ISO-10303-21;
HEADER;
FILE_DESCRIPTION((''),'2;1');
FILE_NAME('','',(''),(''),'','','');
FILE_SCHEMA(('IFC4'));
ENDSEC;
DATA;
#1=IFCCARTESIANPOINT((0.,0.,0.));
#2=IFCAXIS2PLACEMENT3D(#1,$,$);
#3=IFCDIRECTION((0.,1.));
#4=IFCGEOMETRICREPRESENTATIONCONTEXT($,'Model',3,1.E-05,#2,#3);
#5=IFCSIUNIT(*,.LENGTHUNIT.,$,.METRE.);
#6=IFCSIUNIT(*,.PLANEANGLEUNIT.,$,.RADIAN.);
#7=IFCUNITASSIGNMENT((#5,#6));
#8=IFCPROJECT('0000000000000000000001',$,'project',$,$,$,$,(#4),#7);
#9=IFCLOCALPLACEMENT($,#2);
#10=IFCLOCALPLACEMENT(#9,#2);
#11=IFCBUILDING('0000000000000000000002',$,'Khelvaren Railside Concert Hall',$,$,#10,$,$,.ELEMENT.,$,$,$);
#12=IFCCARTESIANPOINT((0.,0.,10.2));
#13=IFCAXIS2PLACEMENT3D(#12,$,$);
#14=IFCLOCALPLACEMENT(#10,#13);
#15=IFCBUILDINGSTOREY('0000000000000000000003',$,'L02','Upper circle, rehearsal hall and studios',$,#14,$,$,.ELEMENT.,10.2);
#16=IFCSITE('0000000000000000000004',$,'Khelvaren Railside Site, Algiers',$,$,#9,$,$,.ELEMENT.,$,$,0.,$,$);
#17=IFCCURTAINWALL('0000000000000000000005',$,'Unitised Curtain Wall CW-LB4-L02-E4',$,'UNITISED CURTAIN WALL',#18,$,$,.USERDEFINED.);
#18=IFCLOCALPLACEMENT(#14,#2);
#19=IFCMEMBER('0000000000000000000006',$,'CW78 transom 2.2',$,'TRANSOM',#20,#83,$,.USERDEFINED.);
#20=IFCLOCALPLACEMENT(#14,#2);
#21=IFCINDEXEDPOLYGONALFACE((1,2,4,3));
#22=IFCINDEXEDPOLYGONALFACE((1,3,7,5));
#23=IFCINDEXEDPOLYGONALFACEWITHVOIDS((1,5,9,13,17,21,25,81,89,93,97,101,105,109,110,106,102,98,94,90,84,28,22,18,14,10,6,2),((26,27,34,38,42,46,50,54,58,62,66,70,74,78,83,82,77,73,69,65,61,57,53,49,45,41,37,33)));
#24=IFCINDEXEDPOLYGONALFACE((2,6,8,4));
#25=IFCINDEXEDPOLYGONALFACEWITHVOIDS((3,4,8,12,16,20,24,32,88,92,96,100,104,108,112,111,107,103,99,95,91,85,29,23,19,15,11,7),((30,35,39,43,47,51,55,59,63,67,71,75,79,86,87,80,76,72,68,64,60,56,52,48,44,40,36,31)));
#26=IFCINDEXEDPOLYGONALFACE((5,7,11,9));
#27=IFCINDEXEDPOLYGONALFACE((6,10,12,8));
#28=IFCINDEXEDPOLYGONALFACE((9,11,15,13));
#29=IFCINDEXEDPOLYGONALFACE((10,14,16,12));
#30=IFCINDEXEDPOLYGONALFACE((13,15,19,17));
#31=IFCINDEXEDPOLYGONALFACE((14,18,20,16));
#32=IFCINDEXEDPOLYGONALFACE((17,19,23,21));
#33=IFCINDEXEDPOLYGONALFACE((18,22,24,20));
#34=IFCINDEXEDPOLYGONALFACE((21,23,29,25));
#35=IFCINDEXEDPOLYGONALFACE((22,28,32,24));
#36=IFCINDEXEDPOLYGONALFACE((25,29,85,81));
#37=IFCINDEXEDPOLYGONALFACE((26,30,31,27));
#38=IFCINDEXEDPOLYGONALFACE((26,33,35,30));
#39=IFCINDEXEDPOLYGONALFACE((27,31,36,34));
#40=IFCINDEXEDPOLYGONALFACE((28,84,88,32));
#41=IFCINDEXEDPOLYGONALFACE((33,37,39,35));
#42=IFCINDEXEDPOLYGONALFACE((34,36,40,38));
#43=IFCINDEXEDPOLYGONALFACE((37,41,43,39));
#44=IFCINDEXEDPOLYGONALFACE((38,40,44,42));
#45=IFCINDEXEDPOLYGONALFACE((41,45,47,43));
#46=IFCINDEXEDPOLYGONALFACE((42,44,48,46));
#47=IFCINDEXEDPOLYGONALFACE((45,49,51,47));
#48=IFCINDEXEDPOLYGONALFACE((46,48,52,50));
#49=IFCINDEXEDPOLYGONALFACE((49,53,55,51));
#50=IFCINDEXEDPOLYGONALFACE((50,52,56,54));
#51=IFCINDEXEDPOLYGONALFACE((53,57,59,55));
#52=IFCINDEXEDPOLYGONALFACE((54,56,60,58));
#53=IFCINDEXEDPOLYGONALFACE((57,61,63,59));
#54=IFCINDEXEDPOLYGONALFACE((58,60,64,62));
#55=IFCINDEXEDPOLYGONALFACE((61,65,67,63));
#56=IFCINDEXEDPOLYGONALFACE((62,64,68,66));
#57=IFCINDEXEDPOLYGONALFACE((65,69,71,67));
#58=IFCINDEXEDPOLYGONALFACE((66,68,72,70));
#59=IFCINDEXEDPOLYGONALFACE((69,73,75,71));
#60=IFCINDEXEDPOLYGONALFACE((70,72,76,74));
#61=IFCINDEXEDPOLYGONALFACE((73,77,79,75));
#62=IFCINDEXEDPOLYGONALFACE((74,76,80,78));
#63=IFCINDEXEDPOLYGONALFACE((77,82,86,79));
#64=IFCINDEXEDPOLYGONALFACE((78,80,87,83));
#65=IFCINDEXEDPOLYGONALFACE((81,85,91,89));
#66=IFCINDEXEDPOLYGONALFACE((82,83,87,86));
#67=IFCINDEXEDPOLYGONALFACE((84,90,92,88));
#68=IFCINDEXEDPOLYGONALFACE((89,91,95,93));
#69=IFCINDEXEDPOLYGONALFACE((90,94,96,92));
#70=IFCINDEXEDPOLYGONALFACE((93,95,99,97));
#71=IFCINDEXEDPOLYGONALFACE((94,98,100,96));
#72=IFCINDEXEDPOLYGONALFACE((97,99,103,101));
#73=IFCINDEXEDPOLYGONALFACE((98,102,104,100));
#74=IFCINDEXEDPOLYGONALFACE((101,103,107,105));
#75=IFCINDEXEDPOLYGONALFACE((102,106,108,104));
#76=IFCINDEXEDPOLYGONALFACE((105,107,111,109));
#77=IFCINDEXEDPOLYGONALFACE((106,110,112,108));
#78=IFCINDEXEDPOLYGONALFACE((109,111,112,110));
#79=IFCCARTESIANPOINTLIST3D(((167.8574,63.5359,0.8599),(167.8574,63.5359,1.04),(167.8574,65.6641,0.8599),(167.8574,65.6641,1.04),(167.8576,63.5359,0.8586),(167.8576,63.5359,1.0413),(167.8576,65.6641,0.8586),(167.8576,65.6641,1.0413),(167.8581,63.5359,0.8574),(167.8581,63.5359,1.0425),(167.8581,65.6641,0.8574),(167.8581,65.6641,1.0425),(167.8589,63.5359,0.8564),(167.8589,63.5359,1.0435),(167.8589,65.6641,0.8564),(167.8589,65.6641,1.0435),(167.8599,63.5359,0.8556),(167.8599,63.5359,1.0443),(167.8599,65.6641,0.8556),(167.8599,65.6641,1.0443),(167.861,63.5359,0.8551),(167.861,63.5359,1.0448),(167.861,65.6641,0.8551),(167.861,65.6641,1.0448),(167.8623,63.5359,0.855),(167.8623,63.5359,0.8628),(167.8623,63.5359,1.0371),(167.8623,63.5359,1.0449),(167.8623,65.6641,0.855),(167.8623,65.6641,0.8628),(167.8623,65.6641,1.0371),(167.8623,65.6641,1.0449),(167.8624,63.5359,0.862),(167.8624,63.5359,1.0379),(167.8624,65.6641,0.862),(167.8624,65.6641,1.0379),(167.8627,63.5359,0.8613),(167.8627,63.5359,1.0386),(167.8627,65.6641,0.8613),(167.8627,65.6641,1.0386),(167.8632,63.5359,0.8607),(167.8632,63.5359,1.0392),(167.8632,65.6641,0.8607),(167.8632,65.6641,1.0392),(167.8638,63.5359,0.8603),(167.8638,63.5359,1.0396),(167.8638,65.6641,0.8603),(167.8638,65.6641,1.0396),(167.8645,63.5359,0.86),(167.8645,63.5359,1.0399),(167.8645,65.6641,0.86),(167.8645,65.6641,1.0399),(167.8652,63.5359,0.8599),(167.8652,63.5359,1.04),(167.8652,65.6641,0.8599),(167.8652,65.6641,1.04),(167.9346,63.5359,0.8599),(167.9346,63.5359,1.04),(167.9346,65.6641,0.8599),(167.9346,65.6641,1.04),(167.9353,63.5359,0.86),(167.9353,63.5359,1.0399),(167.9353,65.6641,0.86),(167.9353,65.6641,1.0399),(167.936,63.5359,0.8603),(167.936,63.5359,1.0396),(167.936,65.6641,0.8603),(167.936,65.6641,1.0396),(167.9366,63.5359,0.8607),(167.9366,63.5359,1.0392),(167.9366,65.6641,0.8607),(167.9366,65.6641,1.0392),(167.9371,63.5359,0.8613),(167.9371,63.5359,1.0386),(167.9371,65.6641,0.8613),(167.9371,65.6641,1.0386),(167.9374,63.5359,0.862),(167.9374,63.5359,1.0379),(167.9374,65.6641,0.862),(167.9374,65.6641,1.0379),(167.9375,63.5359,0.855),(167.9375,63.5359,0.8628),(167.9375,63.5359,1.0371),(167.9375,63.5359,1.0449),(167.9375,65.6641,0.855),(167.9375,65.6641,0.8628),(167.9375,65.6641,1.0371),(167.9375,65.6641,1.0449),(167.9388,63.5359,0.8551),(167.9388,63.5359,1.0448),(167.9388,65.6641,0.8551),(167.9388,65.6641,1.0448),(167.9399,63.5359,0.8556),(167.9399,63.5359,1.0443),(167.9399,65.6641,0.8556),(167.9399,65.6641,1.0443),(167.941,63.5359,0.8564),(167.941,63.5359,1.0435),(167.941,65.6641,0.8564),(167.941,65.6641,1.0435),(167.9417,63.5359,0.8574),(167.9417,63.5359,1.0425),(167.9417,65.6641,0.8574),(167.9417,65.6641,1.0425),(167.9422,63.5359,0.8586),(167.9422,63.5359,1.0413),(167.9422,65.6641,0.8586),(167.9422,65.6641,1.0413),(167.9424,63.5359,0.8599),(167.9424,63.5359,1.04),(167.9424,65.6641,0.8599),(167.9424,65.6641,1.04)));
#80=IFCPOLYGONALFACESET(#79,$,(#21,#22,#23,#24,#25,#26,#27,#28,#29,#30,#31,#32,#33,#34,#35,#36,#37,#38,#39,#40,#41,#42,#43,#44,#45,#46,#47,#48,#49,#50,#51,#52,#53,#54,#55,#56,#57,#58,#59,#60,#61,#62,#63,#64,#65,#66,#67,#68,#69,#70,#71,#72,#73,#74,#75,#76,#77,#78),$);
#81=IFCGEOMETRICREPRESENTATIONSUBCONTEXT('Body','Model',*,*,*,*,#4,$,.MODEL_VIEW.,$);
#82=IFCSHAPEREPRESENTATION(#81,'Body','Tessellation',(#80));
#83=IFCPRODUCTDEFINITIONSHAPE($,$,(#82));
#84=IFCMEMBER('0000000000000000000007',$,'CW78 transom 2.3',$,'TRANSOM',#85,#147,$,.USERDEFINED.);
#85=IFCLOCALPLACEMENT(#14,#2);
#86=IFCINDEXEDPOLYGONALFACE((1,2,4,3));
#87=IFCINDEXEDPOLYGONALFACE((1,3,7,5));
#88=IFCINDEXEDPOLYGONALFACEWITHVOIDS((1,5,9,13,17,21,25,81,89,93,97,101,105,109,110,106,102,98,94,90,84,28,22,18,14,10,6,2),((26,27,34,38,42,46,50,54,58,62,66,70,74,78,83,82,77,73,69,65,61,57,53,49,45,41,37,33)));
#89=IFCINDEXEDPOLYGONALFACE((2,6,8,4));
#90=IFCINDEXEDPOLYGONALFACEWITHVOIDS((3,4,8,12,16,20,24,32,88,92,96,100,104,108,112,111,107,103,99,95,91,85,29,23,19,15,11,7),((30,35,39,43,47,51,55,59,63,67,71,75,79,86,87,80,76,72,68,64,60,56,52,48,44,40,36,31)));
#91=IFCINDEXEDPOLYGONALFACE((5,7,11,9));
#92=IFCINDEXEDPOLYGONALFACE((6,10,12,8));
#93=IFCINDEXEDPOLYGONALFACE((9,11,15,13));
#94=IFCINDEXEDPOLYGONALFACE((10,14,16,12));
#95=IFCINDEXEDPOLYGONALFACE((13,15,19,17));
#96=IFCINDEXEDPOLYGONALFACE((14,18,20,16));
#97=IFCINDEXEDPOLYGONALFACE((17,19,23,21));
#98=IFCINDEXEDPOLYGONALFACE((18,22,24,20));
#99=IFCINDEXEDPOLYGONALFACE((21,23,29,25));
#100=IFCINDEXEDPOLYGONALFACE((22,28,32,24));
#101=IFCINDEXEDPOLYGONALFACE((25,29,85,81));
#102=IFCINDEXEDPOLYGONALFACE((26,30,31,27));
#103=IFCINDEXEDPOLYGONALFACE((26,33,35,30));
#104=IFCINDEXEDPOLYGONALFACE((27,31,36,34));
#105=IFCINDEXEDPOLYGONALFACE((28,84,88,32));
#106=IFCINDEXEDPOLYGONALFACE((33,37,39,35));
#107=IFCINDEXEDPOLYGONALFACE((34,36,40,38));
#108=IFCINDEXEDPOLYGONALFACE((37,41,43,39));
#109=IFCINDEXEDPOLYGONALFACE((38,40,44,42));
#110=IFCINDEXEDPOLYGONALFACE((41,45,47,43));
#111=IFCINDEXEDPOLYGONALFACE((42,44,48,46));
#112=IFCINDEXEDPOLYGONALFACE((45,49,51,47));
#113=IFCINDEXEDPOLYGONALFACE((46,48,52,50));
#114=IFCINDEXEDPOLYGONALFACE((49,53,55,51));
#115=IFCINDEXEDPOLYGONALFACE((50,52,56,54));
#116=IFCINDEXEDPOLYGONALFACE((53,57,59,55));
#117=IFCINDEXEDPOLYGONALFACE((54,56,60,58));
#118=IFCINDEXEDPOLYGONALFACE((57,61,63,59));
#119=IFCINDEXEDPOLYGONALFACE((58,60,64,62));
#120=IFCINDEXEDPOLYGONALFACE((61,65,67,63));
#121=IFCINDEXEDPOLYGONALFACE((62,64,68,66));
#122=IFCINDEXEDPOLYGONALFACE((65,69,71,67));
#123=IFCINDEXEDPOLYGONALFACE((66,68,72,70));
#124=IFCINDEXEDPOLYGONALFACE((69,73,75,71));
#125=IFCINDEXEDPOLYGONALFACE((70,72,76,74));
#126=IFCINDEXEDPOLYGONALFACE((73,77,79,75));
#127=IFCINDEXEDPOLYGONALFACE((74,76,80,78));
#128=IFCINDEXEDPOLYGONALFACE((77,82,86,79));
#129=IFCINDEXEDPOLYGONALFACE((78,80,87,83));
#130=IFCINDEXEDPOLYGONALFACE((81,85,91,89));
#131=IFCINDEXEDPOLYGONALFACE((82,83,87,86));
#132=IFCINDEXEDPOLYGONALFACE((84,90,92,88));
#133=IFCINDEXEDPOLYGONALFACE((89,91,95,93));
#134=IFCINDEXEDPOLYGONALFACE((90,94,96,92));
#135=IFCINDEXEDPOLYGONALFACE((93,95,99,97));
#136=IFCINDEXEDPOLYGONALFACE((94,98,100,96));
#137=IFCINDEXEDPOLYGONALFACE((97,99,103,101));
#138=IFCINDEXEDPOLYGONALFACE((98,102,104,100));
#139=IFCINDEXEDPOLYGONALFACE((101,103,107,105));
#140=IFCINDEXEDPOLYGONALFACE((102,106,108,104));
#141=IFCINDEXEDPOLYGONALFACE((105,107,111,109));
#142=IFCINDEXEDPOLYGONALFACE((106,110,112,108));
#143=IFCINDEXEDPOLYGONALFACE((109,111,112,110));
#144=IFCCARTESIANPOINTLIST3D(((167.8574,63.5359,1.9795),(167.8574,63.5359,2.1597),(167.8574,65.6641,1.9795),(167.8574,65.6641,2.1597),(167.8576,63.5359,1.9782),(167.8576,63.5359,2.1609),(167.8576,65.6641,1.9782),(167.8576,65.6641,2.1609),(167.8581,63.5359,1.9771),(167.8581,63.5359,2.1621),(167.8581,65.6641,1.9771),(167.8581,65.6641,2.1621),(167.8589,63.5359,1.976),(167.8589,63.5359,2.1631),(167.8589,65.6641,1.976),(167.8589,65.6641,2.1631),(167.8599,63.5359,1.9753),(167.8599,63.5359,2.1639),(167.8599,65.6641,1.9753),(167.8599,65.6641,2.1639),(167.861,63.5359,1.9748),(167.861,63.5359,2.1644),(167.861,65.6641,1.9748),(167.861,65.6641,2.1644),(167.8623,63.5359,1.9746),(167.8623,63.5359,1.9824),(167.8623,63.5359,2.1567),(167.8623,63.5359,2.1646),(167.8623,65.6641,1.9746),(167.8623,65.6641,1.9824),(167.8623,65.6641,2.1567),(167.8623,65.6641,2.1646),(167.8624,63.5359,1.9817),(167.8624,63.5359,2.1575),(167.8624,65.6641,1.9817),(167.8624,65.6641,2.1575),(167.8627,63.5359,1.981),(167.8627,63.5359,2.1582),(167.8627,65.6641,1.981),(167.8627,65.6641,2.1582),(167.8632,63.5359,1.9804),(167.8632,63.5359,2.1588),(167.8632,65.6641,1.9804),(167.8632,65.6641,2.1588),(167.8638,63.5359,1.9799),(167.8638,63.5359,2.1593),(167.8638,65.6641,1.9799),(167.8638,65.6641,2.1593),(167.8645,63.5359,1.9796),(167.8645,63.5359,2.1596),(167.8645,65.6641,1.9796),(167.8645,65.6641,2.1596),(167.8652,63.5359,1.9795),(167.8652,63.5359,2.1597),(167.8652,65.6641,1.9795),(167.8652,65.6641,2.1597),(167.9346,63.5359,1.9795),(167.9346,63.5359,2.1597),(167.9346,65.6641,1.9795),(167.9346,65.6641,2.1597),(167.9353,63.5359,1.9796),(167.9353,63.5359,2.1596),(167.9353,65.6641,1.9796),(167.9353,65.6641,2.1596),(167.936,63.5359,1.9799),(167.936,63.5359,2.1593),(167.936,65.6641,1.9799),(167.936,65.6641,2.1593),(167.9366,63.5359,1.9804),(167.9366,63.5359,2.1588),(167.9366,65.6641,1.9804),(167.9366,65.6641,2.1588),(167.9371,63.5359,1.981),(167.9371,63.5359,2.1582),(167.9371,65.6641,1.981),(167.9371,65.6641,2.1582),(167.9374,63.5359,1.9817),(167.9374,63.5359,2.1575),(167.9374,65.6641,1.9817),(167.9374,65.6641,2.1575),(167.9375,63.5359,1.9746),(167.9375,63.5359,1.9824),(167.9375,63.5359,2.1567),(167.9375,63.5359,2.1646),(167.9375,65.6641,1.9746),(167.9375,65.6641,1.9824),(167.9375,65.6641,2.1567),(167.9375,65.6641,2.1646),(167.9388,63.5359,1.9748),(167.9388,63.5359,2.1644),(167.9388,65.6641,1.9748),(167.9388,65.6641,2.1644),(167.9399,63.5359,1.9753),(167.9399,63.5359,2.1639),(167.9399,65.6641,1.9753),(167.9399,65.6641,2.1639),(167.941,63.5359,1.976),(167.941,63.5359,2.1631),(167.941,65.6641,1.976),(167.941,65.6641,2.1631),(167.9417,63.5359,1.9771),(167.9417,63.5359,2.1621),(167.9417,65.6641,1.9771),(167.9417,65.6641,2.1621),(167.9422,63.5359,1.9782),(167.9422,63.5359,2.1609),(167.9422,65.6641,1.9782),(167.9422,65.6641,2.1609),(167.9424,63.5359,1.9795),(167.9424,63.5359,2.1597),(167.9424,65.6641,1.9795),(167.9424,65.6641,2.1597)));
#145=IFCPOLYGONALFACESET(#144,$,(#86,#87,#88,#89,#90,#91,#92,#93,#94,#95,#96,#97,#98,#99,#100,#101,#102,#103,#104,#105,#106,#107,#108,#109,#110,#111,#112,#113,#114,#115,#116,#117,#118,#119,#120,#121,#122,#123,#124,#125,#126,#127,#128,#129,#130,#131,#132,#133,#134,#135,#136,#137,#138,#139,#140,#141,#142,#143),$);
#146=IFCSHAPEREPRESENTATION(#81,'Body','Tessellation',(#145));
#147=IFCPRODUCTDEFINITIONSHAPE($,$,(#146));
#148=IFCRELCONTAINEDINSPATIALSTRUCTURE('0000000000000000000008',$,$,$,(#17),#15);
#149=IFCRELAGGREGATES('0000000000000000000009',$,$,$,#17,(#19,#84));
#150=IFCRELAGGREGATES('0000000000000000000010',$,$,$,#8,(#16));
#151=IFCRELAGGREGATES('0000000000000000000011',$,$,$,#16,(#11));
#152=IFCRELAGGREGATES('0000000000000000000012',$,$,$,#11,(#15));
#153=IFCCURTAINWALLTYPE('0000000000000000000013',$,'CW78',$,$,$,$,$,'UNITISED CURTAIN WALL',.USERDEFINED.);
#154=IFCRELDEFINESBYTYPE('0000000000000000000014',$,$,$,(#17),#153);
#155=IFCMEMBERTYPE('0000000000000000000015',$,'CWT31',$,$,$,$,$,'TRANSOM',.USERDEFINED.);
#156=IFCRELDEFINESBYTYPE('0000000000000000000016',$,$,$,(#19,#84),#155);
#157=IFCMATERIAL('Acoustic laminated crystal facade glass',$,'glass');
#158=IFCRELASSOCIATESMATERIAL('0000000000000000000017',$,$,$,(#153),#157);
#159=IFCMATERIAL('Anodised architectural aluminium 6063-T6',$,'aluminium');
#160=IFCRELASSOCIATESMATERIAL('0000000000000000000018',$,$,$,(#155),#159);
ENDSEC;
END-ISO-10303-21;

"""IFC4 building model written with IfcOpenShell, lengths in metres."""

from ifc_helpers import new_model, si_unit, direction, frame, origin, origin_2d, place, context, subcontext, project, spatial, hollow_rectangle, extrude, material, material_profile, profile_set, type_object, element, aggregate, save


model = new_model("IFC4")

# Units and contexts
model_context = context("Model", 3, precision=1e-05, world=origin(), true_north=direction((0.0, 1.0)))
body_context = subcontext(model_context, "Body", "Model", "MODEL_VIEW")
ifc_project = project(units=[si_unit("LENGTHUNIT", "METRE"), si_unit("PLANEANGLEUNIT", "RADIAN")], contexts=[model_context])

# Site, building, storey
site_placement = place(None, origin())
site = spatial("IfcSite", under=ifc_project, at=site_placement, Name="Khelvaren Railside Site, Algiers", CompositionType="ELEMENT", RefElevation=0.0)
building_placement = place(site_placement, origin())
building = spatial("IfcBuilding", under=site, at=building_placement, Name="Khelvaren Railside Concert Hall", CompositionType="ELEMENT")
storey_placement = place(building_placement, frame((0.0, 0.0, 10.2)))
storey = spatial("IfcBuildingStorey", under=building, at=storey_placement, Name="L02", Description="Upper circle, rehearsal hall and studios", CompositionType="ELEMENT", Elevation=10.2)

# Curtain wall
ifc_material_1 = material(Name="Acoustic laminated crystal facade glass", Category="glass")
curtain_wall_type = type_object("IfcCurtainWallType", Name="CW78", ElementType="UNITISED CURTAIN WALL", PredefinedType="USERDEFINED", material=ifc_material_1)
curtain_wall_1_placement = place(storey_placement, origin())
curtain_wall_1 = element("IfcCurtainWall", 1, at=curtain_wall_1_placement, inside=storey, type_object=curtain_wall_type, Name="Unitised Curtain Wall CW-LB4-L02-E4", ObjectType="UNITISED CURTAIN WALL", PredefinedType="USERDEFINED")
ifc_material_2 = material(Name="Anodised architectural aluminium 6063-T6", Category="aluminium")

# Members
ifc_material_profile_1 = material_profile(ifc_material_2, hollow_rectangle(XDim=0.085, YDim=0.1899, WallThickness=0.0049, InnerFilletRadius=0.0029, OuterFilletRadius=0.0049, at=origin_2d()), Name="CWT 85x190x5")
ifc_profile_set_1 = profile_set([ifc_material_profile_1], Name="Anodised architectural aluminium 6063-T6")
member_type_1 = type_object("IfcMemberType", Name="CWT31", ElementType="TRANSOM", PredefinedType="USERDEFINED", material=ifc_profile_set_1)
member_1_placement = place(storey_placement, frame((167.8999, 65.6641, 0.95), z_axis=(0.0, -1.0, 0.0), x_axis=(1.0, 0.0, 0.0)))
member_1 = element("IfcMember", 2, at=member_1_placement, type_object=member_type_1, Name="CW78 transom 2.2", ObjectType="TRANSOM", PredefinedType="USERDEFINED", context=body_context, shape_type="SweptSolid", body=[
    extrude(hollow_rectangle(XDim=0.085, YDim=0.1899, WallThickness=0.0049, InnerFilletRadius=0.0029, OuterFilletRadius=0.0049, at=origin_2d()), origin(), (0.0, 0.0, 1.0), 2.1282),
])
member_2_placement = place(storey_placement, frame((167.8999, 65.6641, 2.0696), z_axis=(0.0, -1.0, 0.0), x_axis=(1.0, 0.0, 0.0)))
member_2 = element("IfcMember", 3, at=member_2_placement, type_object=member_type_1, Name="CW78 transom 2.3", ObjectType="TRANSOM", PredefinedType="USERDEFINED", context=body_context, shape_type="SweptSolid", body=[
    extrude(hollow_rectangle(XDim=0.085, YDim=0.1899, WallThickness=0.0049, InnerFilletRadius=0.0029, OuterFilletRadius=0.0049, at=origin_2d()), origin(), (0.0, 0.0, 1.0), 2.1282),
])

aggregate(curtain_wall_1, [member_1, member_2])

save(model, "model.ifc")
